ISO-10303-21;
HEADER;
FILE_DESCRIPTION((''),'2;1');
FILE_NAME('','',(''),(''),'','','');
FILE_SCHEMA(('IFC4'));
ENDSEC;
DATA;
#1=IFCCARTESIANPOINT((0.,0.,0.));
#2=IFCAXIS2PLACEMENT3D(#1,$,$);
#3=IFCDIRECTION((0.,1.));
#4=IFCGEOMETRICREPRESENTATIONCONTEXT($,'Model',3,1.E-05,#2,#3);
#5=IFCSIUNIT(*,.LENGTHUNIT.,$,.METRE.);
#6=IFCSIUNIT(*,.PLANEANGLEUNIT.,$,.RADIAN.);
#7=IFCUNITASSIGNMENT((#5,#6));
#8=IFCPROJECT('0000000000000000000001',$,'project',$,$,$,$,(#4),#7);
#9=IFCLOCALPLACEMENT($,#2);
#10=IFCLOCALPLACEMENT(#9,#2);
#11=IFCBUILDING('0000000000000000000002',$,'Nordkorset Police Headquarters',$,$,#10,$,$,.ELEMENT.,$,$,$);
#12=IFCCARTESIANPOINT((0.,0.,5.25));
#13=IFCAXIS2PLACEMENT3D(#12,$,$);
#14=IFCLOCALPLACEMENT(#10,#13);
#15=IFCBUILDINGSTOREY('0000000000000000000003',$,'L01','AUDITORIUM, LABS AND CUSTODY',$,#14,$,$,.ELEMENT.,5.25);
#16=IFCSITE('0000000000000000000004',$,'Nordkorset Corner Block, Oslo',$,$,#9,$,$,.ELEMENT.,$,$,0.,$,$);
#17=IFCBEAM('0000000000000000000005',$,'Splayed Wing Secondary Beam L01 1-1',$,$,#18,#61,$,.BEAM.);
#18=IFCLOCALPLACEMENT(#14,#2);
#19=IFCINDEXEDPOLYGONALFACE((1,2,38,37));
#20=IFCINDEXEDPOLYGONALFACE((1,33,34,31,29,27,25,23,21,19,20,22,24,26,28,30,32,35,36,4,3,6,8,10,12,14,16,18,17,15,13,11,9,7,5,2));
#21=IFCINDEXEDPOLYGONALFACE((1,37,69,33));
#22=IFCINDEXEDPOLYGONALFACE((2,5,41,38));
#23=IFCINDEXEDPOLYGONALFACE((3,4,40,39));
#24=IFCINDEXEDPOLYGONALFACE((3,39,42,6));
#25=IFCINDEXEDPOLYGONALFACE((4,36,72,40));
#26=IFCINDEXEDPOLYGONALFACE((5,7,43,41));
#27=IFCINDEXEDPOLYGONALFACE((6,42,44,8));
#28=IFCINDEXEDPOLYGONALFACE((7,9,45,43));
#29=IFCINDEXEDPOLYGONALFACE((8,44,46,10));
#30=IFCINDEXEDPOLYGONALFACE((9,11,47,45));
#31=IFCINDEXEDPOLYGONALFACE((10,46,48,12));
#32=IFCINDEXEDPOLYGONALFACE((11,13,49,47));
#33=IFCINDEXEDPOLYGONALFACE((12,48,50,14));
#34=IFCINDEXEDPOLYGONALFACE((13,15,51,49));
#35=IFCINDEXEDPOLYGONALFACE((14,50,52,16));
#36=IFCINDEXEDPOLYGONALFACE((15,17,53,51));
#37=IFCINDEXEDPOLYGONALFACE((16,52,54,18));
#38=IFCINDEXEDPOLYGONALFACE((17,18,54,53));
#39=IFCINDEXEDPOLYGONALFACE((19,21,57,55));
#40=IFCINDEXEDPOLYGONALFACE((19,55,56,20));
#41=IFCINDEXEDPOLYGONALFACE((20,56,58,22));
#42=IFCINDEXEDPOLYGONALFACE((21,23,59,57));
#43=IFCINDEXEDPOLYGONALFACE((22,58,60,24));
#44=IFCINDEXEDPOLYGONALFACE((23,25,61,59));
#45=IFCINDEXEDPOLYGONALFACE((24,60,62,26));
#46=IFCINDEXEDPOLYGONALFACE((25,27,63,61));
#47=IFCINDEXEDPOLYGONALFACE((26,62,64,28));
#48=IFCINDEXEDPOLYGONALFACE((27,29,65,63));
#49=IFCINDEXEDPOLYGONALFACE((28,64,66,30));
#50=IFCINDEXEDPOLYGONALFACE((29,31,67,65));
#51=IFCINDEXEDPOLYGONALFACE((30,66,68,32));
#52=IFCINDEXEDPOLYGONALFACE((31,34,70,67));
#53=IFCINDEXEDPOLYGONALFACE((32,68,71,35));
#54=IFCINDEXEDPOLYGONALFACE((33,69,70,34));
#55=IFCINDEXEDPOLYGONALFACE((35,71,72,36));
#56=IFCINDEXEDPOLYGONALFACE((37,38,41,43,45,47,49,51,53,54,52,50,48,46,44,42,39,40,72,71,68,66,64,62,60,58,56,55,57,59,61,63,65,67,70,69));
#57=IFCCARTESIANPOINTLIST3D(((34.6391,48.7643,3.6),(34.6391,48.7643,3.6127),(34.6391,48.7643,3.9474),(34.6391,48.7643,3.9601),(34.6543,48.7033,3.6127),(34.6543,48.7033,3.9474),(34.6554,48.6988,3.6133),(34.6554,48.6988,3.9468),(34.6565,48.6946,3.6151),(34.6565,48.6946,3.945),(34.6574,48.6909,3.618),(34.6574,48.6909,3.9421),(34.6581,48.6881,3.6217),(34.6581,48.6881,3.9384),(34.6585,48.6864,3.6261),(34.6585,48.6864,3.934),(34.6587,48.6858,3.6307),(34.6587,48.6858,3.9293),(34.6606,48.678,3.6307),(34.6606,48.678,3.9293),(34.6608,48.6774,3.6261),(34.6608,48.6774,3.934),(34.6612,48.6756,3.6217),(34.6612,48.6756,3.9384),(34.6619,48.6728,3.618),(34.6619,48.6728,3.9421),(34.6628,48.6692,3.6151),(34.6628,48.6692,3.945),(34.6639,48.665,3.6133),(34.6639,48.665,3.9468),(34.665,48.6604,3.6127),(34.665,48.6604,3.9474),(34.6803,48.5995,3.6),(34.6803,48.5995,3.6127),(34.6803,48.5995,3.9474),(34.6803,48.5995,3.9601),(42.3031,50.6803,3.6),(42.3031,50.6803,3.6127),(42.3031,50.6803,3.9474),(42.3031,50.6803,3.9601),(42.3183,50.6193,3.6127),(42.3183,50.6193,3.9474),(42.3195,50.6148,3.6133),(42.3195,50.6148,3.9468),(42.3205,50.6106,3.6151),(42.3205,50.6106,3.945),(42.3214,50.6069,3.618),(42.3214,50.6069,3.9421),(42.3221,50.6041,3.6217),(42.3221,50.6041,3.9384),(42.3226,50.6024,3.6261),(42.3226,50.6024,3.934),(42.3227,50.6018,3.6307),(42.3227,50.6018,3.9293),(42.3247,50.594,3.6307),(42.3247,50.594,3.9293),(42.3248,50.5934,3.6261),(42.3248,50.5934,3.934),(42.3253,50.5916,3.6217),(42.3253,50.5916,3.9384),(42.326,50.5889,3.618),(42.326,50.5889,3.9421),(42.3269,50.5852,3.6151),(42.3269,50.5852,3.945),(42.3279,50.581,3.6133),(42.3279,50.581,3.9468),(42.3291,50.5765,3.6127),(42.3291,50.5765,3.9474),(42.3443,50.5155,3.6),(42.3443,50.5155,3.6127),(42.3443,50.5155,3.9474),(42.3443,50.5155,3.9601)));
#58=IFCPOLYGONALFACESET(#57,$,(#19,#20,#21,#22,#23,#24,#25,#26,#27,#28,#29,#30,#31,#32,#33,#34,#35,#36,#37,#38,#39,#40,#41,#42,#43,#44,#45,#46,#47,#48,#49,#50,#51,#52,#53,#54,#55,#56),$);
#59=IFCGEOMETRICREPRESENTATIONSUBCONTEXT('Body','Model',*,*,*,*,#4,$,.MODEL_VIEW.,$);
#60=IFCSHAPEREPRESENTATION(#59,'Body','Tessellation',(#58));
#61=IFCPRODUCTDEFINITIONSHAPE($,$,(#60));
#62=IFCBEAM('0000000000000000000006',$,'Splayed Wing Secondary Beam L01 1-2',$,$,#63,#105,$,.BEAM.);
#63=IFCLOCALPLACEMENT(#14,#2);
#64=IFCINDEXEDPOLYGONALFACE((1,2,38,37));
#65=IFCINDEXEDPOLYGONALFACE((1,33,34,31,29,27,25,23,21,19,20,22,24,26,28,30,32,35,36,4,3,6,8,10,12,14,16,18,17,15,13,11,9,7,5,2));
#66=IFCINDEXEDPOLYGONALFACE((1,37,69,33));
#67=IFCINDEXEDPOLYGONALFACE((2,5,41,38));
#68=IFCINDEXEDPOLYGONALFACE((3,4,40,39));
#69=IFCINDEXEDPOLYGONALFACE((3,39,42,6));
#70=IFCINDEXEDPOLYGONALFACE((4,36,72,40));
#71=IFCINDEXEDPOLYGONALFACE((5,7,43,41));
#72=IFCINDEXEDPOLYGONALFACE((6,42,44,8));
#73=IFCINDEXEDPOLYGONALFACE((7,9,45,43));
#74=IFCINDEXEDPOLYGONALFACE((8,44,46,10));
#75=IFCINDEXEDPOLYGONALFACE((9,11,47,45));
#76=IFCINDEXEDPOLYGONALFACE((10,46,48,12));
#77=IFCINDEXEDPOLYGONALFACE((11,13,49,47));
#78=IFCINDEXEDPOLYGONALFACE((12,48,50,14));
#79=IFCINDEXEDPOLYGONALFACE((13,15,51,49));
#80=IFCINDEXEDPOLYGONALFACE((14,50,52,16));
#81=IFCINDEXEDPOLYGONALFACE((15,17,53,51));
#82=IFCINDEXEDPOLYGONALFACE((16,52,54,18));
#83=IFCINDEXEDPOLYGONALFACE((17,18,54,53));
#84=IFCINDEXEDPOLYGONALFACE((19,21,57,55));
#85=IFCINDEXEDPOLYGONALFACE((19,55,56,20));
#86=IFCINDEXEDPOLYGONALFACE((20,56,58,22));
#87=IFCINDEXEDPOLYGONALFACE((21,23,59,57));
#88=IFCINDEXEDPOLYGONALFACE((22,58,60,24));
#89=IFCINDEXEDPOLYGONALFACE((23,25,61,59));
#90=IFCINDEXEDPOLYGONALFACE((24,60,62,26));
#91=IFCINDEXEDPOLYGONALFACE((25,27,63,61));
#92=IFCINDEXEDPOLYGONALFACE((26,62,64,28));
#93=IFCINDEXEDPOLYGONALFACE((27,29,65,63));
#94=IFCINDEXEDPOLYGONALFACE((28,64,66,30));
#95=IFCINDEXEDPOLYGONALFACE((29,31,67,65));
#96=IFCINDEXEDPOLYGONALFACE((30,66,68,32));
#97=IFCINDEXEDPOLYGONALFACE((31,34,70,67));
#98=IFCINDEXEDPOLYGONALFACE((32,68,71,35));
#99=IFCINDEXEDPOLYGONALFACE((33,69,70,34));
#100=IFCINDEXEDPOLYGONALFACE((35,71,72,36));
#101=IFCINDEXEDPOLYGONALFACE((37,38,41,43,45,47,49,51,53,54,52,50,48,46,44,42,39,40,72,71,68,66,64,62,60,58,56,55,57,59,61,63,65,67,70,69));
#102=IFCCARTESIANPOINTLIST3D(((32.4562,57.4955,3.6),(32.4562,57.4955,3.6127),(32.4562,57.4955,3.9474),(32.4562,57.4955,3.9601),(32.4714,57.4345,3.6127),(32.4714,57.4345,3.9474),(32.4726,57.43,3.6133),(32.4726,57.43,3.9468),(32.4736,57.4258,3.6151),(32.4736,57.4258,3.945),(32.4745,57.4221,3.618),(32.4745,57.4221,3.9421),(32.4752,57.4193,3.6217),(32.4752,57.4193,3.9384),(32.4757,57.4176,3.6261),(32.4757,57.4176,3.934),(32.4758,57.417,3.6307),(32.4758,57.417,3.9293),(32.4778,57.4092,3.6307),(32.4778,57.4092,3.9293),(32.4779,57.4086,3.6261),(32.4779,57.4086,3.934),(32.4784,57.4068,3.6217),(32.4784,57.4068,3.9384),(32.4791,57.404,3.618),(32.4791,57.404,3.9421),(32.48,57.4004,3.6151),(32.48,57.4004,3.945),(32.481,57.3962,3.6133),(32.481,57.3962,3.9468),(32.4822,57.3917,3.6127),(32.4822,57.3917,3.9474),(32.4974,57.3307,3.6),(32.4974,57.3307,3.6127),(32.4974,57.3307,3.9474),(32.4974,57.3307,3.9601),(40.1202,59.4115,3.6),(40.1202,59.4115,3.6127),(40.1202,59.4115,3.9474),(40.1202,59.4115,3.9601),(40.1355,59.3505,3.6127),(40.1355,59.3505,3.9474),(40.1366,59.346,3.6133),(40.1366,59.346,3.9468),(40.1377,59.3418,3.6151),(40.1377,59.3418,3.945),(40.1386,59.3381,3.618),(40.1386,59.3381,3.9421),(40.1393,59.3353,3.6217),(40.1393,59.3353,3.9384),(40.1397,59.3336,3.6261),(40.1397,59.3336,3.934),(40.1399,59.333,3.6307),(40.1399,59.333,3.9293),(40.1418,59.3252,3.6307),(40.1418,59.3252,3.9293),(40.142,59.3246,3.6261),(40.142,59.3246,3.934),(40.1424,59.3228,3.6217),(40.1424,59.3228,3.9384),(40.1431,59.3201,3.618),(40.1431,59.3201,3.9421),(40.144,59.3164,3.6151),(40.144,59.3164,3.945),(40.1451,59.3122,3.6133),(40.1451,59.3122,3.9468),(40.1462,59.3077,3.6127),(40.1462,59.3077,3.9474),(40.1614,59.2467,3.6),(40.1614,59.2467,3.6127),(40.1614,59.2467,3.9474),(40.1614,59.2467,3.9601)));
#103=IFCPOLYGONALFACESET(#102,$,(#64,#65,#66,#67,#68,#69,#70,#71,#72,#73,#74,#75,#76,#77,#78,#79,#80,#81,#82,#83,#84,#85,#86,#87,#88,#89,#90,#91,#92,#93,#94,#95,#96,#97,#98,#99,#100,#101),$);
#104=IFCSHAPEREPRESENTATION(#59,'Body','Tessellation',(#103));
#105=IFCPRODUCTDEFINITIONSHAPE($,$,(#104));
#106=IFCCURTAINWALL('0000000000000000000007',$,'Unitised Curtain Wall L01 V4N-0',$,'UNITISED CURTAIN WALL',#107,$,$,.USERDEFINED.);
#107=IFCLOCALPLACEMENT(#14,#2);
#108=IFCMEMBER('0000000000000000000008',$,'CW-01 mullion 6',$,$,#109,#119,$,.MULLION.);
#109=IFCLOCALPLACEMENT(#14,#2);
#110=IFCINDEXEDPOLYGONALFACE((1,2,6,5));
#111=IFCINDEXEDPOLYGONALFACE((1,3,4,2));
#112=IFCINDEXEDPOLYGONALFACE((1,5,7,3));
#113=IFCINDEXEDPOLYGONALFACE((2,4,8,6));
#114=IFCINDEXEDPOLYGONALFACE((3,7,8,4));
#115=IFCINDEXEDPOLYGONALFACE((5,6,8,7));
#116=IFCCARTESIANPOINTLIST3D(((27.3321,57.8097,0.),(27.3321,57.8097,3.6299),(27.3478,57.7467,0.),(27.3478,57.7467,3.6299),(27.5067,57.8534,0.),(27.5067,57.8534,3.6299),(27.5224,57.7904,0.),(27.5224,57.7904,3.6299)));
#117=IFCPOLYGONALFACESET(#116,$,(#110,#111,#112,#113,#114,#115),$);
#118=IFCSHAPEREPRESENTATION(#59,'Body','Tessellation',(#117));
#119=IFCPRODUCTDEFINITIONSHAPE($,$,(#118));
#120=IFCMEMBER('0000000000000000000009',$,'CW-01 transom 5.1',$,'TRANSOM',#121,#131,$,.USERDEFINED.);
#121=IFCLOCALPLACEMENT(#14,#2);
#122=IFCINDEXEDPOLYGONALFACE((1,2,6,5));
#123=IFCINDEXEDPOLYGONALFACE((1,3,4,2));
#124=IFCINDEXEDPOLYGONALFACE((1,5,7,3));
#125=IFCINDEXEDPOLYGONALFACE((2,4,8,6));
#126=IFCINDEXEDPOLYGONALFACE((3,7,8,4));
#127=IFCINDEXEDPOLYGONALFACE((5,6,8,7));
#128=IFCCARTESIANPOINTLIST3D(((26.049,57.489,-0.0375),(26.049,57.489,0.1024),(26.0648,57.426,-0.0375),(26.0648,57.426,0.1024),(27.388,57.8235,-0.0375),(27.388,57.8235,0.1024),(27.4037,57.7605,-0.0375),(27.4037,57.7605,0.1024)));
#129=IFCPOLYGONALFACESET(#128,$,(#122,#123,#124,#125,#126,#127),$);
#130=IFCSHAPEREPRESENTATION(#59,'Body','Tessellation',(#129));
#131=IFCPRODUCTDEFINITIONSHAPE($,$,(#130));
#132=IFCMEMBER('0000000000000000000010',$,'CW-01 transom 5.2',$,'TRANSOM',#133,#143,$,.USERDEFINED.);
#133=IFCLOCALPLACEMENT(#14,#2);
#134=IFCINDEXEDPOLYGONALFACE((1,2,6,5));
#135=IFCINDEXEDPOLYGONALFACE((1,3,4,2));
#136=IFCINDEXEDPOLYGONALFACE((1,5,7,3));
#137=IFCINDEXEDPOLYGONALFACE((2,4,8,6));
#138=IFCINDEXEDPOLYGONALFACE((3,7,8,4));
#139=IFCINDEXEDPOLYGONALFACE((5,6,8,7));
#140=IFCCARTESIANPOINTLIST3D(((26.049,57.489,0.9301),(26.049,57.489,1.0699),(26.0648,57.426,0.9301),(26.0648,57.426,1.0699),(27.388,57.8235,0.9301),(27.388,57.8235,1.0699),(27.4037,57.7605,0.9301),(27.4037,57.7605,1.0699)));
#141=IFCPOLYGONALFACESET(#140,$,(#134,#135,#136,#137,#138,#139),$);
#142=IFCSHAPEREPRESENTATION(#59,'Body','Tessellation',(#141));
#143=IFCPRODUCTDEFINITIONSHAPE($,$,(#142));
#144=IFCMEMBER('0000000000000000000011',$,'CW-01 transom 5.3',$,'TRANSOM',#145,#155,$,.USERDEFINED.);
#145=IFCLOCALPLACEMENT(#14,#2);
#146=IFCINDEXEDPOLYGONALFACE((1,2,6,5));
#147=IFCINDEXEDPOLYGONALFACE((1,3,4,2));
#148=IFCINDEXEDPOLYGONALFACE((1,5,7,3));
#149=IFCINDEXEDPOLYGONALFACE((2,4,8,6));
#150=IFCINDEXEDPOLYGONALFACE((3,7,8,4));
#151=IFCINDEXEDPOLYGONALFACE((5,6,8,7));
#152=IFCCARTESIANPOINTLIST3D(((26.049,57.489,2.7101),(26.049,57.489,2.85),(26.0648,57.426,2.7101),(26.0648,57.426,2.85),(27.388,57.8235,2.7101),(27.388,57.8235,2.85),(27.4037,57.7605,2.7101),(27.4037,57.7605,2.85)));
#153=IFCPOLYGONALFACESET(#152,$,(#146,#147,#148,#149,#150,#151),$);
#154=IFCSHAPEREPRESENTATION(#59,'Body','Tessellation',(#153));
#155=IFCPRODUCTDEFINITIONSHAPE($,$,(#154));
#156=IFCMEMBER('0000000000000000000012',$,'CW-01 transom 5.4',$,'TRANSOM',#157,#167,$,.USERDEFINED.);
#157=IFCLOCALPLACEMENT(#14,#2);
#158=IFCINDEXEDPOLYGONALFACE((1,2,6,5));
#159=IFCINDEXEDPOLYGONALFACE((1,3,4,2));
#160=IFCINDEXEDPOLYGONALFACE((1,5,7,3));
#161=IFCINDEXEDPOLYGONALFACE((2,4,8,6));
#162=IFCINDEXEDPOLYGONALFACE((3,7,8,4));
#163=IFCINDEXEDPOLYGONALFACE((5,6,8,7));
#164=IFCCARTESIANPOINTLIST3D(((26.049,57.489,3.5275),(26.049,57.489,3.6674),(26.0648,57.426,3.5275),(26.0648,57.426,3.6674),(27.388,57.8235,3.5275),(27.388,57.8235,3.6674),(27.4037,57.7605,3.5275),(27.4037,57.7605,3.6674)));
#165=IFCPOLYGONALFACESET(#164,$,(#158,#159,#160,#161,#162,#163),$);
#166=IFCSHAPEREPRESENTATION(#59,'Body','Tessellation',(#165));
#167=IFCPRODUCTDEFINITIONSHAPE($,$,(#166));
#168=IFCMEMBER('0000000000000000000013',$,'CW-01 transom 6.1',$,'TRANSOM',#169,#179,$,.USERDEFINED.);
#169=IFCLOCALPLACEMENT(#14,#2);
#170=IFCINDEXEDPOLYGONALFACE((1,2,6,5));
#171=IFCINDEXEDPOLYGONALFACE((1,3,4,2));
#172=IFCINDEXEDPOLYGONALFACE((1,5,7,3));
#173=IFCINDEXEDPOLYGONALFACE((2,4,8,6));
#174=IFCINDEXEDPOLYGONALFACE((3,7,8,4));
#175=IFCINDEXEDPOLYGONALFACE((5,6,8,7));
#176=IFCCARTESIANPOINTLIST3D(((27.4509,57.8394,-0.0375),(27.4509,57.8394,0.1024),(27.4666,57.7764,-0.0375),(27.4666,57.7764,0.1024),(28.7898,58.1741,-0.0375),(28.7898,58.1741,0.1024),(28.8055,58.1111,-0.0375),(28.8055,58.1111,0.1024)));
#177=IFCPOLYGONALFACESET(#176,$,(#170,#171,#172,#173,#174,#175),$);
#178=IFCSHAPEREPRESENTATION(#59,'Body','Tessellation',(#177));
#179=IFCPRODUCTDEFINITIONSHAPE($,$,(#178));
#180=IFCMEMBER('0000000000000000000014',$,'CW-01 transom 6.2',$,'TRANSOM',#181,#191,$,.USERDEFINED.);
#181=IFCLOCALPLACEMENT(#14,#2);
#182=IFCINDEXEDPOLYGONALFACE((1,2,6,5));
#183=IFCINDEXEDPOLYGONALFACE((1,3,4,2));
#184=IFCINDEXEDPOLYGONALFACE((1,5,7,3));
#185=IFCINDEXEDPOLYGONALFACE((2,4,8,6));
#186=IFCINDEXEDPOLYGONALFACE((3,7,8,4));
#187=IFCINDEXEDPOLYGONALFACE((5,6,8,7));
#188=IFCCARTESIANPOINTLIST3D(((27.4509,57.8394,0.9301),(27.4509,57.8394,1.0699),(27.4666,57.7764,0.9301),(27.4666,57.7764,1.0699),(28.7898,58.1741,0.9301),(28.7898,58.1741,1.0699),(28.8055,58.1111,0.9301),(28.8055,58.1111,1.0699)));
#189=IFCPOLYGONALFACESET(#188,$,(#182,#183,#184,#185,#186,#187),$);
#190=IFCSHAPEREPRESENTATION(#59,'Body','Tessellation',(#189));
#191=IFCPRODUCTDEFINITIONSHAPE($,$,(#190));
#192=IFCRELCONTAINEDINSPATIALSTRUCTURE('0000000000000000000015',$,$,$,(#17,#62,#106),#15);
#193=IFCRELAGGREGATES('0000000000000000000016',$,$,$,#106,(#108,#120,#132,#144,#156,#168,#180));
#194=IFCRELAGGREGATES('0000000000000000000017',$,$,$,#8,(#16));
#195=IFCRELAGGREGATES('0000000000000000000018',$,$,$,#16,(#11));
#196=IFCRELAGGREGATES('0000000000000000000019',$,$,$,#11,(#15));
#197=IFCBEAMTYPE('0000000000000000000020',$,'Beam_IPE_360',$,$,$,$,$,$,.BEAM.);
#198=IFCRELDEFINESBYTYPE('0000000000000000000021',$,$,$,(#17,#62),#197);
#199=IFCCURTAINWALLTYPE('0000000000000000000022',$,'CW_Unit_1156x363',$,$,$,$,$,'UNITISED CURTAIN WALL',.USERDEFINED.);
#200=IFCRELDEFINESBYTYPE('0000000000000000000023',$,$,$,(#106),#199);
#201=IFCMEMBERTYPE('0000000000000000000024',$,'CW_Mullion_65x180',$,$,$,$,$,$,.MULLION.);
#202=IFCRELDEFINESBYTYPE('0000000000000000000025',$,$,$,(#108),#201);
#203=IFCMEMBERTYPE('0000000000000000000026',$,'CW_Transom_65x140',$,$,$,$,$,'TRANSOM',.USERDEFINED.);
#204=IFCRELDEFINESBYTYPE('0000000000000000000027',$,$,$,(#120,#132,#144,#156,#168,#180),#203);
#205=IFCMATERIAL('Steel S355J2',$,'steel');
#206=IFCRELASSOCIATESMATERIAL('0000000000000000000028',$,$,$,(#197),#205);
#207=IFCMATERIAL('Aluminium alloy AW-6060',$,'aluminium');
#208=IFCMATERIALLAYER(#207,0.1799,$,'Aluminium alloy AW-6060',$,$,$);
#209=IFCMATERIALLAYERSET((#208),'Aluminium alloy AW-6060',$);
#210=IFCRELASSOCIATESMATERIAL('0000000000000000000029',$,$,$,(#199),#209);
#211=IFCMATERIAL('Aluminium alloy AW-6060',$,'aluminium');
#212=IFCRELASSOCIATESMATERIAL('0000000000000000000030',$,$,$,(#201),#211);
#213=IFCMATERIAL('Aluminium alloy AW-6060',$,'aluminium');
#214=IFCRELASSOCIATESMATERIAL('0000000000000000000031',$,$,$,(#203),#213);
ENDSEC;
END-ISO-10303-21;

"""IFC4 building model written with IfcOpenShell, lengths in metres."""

from ifc_helpers import new_model, si_unit, direction, frame, origin, origin_2d, place, context, subcontext, project, spatial, rectangle, i_section, extrude, material, layer, layer_set, material_profile, profile_set, type_object, element, aggregate, save


model = new_model("IFC4")

# Units and contexts
model_context = context("Model", 3, precision=1e-05, world=origin(), true_north=direction((0.0, 1.0)))
body_context = subcontext(model_context, "Body", "Model", "MODEL_VIEW")
ifc_project = project(units=[si_unit("LENGTHUNIT", "METRE"), si_unit("PLANEANGLEUNIT", "RADIAN")], contexts=[model_context])

# Site, building, storey
site_placement = place(None, origin())
site = spatial("IfcSite", under=ifc_project, at=site_placement, Name="Nordkorset Corner Block, Oslo", CompositionType="ELEMENT", RefElevation=0.0)
building_placement = place(site_placement, origin())
building = spatial("IfcBuilding", under=site, at=building_placement, Name="Nordkorset Police Headquarters", CompositionType="ELEMENT")
storey_placement = place(building_placement, frame((0.0, 0.0, 5.25)))
storey = spatial("IfcBuildingStorey", under=building, at=storey_placement, Name="L01", Description="AUDITORIUM, LABS AND CUSTODY", CompositionType="ELEMENT", Elevation=5.25)

# Beams
ifc_material_1 = material(Name="Steel S355J2", Category="steel")
ifc_material_profile_1 = material_profile(ifc_material_1, i_section(OverallWidth=0.1699, OverallDepth=0.3601, WebThickness=0.0081, FlangeThickness=0.0127, FilletRadius=0.0181, at=origin_2d()), Name="IPE 360")
ifc_profile_set_1 = profile_set([ifc_material_profile_1], Name="Steel S355J2")
beam_type = type_object("IfcBeamType", Name="Beam_IPE_360", PredefinedType="BEAM", material=ifc_profile_set_1)
for number, where, z_axis, x_axis, name in (
    (1, (34.6597, 48.6819, 3.78), (0.970143, 0.242536, 0.0), (-0.242536, 0.970143, 0.0), "Splayed Wing Secondary Beam L01 1-1"),
    (2, (32.4768, 57.4131, 3.78), (0.970143, 0.242536, 0.0), (-0.242536, 0.970143, 0.0), "Splayed Wing Secondary Beam L01 1-2"),
):
    element("IfcBeam", number, at=place(storey_placement, frame(where, z_axis=z_axis, x_axis=x_axis)), inside=storey, type_object=beam_type, Name=name, PredefinedType="BEAM", context=body_context, shape_type="SweptSolid", body=[
        extrude(i_section(OverallWidth=0.1699, OverallDepth=0.3601, WebThickness=0.0081, FlangeThickness=0.0127, FilletRadius=0.0181, at=origin_2d()), origin(), (0.0, 0.0, 1.0), 7.8999),
    ])

# Curtain wall, members
ifc_material_2 = material(Name="Aluminium alloy AW-6060", Category="aluminium")
ifc_layer_1 = layer(ifc_material_2, 0.1799, Name="Aluminium alloy AW-6060")
ifc_layer_set_1 = layer_set([ifc_layer_1], Name="Aluminium alloy AW-6060")
curtain_wall_type = type_object("IfcCurtainWallType", Name="CW_Unit_1156x363", ElementType="UNITISED CURTAIN WALL", PredefinedType="USERDEFINED", material=ifc_layer_set_1)
curtain_wall_placement = place(storey_placement, origin())
curtain_wall = element("IfcCurtainWall", 3, at=curtain_wall_placement, inside=storey, type_object=curtain_wall_type, Name="Unitised Curtain Wall L01 V4N-0", ObjectType="UNITISED CURTAIN WALL", PredefinedType="USERDEFINED")
ifc_material_3 = material(Name="Aluminium alloy AW-6060", Category="aluminium")
ifc_material_profile_2 = material_profile(ifc_material_3, rectangle(XDim=0.0649, YDim=0.1799, at=origin_2d()), Name="ALU MULL 65x180")
ifc_profile_set_2 = profile_set([ifc_material_profile_2], Name="Aluminium alloy AW-6060")
member_type_1 = type_object("IfcMemberType", Name="CW_Mullion_65x180", PredefinedType="MULLION", material=ifc_profile_set_2)
member_1_placement = place(storey_placement, frame((27.4272, 57.8, 0.0), z_axis=(0.0, 0.0, 1.0), x_axis=(-0.242536, 0.970142, 0.0)))
member_1 = element("IfcMember", 4, at=member_1_placement, type_object=member_type_1, Name="CW-01 mullion 6", PredefinedType="MULLION", context=body_context, shape_type="SweptSolid", body=[
    extrude(rectangle(XDim=0.0649, YDim=0.1799, at=origin_2d()), origin(), (0.0, 0.0, 1.0), 3.6299),
])
ifc_material_4 = material(Name="Aluminium alloy AW-6060", Category="aluminium")
ifc_material_profile_3 = material_profile(ifc_material_4, rectangle(XDim=0.0649, YDim=0.1399, at=origin_2d()), Name="ALU TRAN 65x140")
ifc_profile_set_3 = profile_set([ifc_material_profile_3], Name="Aluminium alloy AW-6060")
member_type_2 = type_object("IfcMemberType", Name="CW_Transom_65x140", ElementType="TRANSOM", PredefinedType="USERDEFINED", material=ifc_profile_set_3)
member_2_placement = place(storey_placement, frame((26.0569, 57.4575, 0.0325), z_axis=(0.970184, 0.242369, 0.0), x_axis=(-0.242369, 0.970184, 0.0)))
member_2 = element("IfcMember", 5, at=member_2_placement, type_object=member_type_2, Name="CW-01 transom 5.1", ObjectType="TRANSOM", PredefinedType="USERDEFINED", context=body_context, shape_type="SweptSolid", body=[
    extrude(rectangle(XDim=0.0649, YDim=0.1399, at=origin_2d()), origin(), (0.0, 0.0, 1.0), 1.3801),
])
member_3_placement = place(storey_placement, frame((26.0569, 57.4575, 1.0), z_axis=(0.970184, 0.242369, 0.0), x_axis=(-0.242369, 0.970184, 0.0)))
member_3 = element("IfcMember", 6, at=member_3_placement, type_object=member_type_2, Name="CW-01 transom 5.2", ObjectType="TRANSOM", PredefinedType="USERDEFINED", context=body_context, shape_type="SweptSolid", body=[
    extrude(rectangle(XDim=0.0649, YDim=0.1399, at=origin_2d()), origin(), (0.0, 0.0, 1.0), 1.3801),
])
member_4_placement = place(storey_placement, frame((26.0569, 57.4575, 2.78), z_axis=(0.970184, 0.242369, 0.0), x_axis=(-0.242369, 0.970184, 0.0)))
member_4 = element("IfcMember", 7, at=member_4_placement, type_object=member_type_2, Name="CW-01 transom 5.3", ObjectType="TRANSOM", PredefinedType="USERDEFINED", context=body_context, shape_type="SweptSolid", body=[
    extrude(rectangle(XDim=0.0649, YDim=0.1399, at=origin_2d()), origin(), (0.0, 0.0, 1.0), 1.3801),
])
member_5_placement = place(storey_placement, frame((26.0569, 57.4575, 3.5974), z_axis=(0.970184, 0.242369, 0.0), x_axis=(-0.242369, 0.970184, 0.0)))
member_5 = element("IfcMember", 8, at=member_5_placement, type_object=member_type_2, Name="CW-01 transom 5.4", ObjectType="TRANSOM", PredefinedType="USERDEFINED", context=body_context, shape_type="SweptSolid", body=[
    extrude(rectangle(XDim=0.0649, YDim=0.1399, at=origin_2d()), origin(), (0.0, 0.0, 1.0), 1.3801),
])
member_6_placement = place(storey_placement, frame((27.4587, 57.8079, 0.0325), z_axis=(0.970143, 0.242536, 0.0), x_axis=(-0.242536, 0.970143, 0.0)))
member_6 = element("IfcMember", 9, at=member_6_placement, type_object=member_type_2, Name="CW-01 transom 6.1", ObjectType="TRANSOM", PredefinedType="USERDEFINED", context=body_context, shape_type="SweptSolid", body=[
    extrude(rectangle(XDim=0.0649, YDim=0.1399, at=origin_2d()), origin(), (0.0, 0.0, 1.0), 1.3801),
])
member_7_placement = place(storey_placement, frame((27.4587, 57.8079, 1.0), z_axis=(0.970143, 0.242536, 0.0), x_axis=(-0.242536, 0.970143, 0.0)))
member_7 = element("IfcMember", 10, at=member_7_placement, type_object=member_type_2, Name="CW-01 transom 6.2", ObjectType="TRANSOM", PredefinedType="USERDEFINED", context=body_context, shape_type="SweptSolid", body=[
    extrude(rectangle(XDim=0.0649, YDim=0.1399, at=origin_2d()), origin(), (0.0, 0.0, 1.0), 1.3801),
])
aggregate(curtain_wall, [member_1, member_2, member_3, member_4, member_5, member_6, member_7])

save(model, "model.ifc")
